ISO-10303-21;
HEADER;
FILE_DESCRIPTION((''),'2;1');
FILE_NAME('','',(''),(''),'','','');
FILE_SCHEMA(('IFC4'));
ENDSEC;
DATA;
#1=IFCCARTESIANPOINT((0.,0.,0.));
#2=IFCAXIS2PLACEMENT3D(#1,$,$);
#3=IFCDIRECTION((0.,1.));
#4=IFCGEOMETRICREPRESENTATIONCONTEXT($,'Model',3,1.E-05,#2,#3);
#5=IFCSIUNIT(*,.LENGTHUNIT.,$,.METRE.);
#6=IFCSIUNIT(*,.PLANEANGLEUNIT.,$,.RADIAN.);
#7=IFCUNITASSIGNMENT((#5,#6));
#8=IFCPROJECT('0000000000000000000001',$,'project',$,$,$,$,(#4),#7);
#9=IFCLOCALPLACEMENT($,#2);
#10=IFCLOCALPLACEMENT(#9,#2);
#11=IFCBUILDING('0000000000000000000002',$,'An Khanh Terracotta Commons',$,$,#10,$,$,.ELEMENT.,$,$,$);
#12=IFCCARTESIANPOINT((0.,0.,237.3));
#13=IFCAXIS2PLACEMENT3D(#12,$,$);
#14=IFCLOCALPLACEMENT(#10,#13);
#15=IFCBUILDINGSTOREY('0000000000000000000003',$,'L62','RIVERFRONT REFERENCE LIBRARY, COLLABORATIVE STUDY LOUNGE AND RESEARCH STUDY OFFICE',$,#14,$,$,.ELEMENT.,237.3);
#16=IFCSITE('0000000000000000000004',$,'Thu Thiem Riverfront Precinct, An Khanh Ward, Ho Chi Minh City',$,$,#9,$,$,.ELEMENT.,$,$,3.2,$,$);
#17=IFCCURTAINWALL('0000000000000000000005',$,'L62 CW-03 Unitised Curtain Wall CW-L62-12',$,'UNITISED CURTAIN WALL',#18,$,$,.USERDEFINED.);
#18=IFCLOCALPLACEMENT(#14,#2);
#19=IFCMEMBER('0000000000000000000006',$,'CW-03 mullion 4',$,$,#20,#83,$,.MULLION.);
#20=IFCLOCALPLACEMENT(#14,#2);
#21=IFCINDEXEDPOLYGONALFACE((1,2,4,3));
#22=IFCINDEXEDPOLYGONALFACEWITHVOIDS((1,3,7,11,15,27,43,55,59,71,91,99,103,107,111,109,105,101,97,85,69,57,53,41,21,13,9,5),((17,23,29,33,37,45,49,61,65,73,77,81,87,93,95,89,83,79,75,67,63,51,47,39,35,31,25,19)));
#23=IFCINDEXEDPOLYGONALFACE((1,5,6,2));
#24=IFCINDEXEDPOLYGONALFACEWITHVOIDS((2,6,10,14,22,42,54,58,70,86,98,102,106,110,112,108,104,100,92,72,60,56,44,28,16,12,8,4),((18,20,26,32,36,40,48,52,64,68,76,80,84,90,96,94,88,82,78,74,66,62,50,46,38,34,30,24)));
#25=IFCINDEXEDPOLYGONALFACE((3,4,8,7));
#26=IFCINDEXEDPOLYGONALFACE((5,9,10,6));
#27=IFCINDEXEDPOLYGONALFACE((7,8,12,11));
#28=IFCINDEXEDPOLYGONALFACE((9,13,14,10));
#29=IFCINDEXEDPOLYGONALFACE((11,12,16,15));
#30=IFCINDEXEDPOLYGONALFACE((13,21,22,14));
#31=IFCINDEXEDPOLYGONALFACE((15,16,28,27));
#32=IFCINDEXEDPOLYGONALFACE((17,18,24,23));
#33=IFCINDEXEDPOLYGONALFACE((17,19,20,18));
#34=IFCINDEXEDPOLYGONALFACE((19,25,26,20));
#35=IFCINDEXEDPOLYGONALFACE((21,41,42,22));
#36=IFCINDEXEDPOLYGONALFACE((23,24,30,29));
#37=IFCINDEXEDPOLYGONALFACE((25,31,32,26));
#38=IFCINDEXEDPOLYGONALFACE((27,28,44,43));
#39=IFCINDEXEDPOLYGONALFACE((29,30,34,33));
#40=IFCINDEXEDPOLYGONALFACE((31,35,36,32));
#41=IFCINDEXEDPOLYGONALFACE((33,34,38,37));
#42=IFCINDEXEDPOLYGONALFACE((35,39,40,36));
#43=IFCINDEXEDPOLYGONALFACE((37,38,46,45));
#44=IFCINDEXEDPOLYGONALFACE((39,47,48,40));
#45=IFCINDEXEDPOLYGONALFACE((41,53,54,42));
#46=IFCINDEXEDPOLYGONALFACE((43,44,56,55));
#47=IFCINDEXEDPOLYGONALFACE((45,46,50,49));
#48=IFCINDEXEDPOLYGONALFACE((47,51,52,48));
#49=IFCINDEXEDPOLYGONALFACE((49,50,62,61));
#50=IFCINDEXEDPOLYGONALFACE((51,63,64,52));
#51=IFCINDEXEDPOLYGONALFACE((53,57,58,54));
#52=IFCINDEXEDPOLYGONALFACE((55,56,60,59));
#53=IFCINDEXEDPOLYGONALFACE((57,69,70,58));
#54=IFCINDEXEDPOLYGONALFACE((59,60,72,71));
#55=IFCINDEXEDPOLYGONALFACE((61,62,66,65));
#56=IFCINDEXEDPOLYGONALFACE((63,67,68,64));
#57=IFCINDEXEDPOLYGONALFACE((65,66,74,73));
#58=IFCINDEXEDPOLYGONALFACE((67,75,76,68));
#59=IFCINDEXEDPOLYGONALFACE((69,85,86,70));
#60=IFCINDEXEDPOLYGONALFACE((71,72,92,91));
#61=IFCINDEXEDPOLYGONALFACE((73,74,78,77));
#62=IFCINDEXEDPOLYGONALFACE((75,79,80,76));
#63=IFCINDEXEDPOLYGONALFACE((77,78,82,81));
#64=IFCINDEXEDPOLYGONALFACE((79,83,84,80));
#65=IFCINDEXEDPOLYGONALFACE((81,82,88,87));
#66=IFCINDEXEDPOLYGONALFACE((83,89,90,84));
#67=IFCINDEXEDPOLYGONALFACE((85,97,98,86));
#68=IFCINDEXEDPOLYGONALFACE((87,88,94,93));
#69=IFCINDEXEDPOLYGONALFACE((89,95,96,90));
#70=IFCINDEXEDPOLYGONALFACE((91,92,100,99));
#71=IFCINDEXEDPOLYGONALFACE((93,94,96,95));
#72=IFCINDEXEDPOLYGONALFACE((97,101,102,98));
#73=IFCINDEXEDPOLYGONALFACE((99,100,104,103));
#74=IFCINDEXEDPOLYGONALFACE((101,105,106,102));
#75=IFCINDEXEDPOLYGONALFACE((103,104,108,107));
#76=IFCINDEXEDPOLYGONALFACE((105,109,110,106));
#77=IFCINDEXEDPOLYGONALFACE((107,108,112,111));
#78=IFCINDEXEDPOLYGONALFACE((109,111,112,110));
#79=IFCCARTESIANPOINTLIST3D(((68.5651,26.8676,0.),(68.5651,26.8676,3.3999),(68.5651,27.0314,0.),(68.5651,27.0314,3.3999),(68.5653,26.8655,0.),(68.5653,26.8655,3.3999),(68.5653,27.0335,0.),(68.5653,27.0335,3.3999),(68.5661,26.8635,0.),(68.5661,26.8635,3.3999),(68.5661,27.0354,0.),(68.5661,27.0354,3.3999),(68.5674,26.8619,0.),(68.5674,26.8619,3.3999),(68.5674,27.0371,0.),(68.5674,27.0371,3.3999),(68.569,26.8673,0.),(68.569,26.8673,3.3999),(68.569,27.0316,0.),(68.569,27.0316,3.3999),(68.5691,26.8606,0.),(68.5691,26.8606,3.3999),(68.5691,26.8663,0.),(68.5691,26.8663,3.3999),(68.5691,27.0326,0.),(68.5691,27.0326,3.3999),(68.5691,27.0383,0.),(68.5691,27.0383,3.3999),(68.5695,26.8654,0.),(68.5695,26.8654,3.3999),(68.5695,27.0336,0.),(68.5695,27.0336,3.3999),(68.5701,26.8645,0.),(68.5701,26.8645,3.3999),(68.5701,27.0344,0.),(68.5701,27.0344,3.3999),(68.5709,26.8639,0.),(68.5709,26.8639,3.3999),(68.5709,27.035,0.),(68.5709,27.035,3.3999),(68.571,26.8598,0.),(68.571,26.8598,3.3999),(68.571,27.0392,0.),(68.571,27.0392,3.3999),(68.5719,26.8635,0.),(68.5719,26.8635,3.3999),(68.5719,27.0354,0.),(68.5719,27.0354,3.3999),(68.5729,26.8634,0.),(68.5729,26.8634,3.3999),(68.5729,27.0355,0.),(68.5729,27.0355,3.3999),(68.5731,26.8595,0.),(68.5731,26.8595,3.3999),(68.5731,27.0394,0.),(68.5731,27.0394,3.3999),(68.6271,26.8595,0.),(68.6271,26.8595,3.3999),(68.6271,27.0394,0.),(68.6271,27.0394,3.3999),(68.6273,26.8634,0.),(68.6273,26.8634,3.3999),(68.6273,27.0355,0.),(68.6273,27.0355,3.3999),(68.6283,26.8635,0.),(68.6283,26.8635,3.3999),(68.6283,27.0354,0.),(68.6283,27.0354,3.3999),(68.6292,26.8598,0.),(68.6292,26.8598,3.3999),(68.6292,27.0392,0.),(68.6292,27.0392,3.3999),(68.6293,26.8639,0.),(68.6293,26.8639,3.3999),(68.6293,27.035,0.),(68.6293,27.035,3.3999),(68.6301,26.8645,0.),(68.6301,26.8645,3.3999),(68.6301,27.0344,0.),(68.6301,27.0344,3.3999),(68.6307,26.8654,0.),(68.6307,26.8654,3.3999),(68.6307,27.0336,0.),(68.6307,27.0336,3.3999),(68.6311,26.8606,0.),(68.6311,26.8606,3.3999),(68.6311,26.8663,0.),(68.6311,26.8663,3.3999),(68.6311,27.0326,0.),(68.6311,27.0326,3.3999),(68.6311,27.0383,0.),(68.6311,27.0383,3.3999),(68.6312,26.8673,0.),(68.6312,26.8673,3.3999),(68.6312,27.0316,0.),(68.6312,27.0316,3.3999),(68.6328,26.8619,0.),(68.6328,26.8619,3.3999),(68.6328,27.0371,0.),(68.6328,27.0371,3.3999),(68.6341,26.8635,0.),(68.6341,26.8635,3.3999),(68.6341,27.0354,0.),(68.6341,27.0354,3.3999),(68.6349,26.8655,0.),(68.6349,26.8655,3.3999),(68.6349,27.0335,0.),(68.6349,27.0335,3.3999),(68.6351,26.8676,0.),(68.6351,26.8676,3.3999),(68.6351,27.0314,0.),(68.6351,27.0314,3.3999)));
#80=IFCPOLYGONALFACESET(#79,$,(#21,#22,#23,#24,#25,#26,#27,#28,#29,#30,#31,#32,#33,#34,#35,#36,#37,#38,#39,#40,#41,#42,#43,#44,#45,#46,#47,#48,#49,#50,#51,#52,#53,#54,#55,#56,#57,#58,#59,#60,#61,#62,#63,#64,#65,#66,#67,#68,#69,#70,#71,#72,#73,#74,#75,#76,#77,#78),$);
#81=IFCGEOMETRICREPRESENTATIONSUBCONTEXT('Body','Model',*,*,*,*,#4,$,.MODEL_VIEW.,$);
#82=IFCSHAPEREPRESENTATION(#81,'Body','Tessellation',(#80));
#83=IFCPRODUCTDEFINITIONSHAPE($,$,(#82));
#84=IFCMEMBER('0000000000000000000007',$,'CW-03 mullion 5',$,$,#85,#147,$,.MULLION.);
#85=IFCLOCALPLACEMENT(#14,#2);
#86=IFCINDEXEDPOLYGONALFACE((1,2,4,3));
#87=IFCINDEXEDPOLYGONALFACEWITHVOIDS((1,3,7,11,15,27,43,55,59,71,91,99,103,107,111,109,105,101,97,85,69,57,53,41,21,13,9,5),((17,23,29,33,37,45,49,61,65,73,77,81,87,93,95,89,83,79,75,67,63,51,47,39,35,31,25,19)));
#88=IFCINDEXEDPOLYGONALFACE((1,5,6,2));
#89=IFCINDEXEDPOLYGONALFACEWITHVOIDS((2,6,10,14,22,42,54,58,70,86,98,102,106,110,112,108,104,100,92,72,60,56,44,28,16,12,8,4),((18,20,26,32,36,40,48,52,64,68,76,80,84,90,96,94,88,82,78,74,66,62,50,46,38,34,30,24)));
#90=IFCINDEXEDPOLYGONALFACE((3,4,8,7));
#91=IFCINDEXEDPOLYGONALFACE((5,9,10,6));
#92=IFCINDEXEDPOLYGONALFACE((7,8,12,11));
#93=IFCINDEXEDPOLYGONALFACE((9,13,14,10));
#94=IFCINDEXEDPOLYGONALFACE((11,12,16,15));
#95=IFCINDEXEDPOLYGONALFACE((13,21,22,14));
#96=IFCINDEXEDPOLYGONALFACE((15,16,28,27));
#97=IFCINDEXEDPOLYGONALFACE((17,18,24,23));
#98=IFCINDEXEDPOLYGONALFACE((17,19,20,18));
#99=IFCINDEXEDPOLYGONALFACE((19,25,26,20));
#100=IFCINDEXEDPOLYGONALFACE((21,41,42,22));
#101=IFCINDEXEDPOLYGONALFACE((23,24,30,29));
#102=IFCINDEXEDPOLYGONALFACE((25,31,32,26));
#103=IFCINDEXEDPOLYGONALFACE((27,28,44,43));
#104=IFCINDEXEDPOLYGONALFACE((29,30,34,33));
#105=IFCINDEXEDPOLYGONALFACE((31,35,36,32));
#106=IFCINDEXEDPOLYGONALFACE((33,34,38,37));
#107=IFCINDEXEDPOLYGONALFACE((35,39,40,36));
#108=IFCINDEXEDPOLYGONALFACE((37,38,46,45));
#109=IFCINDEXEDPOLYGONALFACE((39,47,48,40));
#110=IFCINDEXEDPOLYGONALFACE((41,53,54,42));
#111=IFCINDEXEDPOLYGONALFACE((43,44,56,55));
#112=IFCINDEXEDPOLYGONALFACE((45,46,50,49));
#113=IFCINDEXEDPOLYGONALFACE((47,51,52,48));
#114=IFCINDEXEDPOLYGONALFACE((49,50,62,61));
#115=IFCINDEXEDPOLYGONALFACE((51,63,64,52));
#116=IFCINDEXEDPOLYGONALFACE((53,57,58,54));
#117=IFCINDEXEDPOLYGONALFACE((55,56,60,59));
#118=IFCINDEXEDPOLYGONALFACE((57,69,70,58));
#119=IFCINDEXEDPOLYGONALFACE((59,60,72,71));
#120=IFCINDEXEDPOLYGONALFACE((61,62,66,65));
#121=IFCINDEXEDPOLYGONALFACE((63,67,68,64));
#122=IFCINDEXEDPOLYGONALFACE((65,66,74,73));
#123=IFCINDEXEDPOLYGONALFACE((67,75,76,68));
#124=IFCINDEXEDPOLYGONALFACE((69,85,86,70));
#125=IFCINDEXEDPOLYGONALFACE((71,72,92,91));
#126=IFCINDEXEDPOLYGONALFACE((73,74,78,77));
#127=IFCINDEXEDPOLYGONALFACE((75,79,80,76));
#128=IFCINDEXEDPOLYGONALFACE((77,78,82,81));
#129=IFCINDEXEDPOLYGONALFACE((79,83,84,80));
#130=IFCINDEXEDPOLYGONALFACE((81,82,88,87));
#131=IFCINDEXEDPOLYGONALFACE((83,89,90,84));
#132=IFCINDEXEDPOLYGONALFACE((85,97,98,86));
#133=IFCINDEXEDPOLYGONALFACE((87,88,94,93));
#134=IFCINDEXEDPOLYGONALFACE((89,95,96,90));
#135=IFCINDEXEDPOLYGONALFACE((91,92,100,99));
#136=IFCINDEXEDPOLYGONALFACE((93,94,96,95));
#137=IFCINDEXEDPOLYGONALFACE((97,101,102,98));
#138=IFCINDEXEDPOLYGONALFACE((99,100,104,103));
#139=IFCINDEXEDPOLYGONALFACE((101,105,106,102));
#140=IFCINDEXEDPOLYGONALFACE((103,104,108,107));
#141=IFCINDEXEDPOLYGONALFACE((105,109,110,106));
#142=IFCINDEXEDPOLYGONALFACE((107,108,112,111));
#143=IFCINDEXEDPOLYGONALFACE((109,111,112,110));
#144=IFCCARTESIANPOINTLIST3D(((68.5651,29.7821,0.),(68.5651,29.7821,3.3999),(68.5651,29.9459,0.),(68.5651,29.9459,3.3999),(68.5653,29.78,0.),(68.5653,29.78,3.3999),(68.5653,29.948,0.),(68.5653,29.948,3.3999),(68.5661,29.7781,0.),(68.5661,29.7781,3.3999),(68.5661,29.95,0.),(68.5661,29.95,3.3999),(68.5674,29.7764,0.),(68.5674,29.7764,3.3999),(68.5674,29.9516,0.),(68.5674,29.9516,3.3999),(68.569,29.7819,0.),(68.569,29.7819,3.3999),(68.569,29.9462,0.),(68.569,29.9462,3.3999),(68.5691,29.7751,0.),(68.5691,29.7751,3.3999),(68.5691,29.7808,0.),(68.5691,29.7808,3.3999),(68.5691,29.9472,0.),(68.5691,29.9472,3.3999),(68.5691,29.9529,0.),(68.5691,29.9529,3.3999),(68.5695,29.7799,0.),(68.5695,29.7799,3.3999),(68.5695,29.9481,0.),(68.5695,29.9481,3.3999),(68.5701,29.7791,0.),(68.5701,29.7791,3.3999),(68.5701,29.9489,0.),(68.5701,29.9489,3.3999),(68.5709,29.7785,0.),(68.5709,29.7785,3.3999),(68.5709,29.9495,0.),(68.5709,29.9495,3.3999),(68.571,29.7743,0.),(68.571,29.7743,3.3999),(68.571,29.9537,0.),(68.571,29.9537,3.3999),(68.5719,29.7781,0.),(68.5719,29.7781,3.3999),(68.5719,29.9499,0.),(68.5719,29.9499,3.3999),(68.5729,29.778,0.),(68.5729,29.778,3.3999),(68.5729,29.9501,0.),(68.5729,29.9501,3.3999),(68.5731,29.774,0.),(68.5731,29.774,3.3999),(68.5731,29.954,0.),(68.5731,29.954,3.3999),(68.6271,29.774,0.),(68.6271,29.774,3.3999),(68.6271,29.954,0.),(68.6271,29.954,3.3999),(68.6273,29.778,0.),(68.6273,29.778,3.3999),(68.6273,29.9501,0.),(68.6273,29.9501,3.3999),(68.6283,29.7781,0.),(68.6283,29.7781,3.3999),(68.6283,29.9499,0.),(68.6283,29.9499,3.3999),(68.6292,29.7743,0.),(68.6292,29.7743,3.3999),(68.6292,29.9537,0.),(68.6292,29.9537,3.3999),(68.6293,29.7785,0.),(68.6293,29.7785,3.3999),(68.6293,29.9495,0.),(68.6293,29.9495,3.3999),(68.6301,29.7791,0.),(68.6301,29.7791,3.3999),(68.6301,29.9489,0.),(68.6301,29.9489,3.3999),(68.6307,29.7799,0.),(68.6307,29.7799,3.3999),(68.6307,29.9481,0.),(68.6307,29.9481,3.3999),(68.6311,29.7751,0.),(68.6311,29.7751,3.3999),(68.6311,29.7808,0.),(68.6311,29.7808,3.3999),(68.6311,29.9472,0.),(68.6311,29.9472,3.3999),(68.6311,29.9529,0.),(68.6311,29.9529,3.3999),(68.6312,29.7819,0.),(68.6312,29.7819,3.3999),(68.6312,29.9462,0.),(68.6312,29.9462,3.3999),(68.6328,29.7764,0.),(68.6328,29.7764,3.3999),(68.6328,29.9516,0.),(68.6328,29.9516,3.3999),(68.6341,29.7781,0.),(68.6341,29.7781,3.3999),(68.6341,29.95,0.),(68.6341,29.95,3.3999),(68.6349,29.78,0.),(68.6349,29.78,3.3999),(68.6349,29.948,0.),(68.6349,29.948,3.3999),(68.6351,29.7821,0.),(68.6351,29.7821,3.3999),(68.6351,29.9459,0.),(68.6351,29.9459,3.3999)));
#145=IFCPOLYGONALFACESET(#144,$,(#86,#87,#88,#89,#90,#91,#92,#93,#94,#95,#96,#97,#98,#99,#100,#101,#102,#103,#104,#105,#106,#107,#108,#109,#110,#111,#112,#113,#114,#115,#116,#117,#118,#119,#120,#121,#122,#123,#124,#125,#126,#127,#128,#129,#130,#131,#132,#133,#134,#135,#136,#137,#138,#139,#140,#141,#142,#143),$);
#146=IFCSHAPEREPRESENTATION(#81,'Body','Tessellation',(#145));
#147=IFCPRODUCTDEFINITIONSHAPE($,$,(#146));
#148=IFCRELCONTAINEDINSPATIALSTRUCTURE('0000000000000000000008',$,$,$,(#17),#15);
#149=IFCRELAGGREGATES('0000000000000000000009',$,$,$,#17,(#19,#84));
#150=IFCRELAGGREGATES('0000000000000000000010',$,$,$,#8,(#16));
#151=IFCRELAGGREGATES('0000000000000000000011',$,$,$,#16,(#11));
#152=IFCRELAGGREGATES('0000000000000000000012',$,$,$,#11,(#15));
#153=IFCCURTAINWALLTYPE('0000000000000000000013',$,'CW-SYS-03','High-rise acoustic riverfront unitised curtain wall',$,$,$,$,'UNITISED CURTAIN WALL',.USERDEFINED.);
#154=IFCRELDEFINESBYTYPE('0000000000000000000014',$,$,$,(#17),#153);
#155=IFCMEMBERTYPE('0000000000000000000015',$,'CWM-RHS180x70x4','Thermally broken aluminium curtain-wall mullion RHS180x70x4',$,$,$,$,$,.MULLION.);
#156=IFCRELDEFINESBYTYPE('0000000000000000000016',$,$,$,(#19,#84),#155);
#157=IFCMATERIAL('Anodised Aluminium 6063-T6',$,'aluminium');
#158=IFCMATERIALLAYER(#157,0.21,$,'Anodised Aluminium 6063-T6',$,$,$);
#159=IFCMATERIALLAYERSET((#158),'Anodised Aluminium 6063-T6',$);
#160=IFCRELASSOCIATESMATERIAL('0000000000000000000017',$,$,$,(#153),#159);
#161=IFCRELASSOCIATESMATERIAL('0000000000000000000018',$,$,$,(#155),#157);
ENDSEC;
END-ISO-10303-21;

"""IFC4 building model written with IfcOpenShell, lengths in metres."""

from ifc_helpers import new_model, si_unit, direction, frame, origin, origin_2d, place, context, subcontext, project, spatial, hollow_rectangle, extrude, material, layer, layer_set, material_profile, profile_set, type_object, element, aggregate, save


model = new_model("IFC4")

# Units and contexts
model_context = context("Model", 3, precision=1e-05, world=origin(), true_north=direction((0.0, 1.0)))
body_context = subcontext(model_context, "Body", "Model", "MODEL_VIEW")
ifc_project = project(units=[si_unit("LENGTHUNIT", "METRE"), si_unit("PLANEANGLEUNIT", "RADIAN")], contexts=[model_context])

# Site, building, storey
site_placement = place(None, origin())
site = spatial("IfcSite", under=ifc_project, at=site_placement, Name="Thu Thiem Riverfront Precinct, An Khanh Ward, Ho Chi Minh City", CompositionType="ELEMENT", RefElevation=3.2)
building_placement = place(site_placement, origin())
building = spatial("IfcBuilding", under=site, at=building_placement, Name="An Khanh Terracotta Commons", CompositionType="ELEMENT")
storey_placement = place(building_placement, frame((0.0, 0.0, 237.3)))
storey = spatial("IfcBuildingStorey", under=building, at=storey_placement, Name="L62", Description="RIVERFRONT REFERENCE LIBRARY, COLLABORATIVE STUDY LOUNGE AND RESEARCH STUDY OFFICE", CompositionType="ELEMENT", Elevation=237.3)

# Curtain wall, members
ifc_material_1 = material(Name="Anodised Aluminium 6063-T6", Category="aluminium")
ifc_layer_1 = layer(ifc_material_1, 0.21, Name="Anodised Aluminium 6063-T6")
ifc_layer_set_1 = layer_set([ifc_layer_1], Name="Anodised Aluminium 6063-T6")
curtain_wall_type = type_object("IfcCurtainWallType", Name="CW-SYS-03", Description="High-rise acoustic riverfront unitised curtain wall", ElementType="UNITISED CURTAIN WALL", PredefinedType="USERDEFINED", material=ifc_layer_set_1)
curtain_wall_1_placement = place(storey_placement, origin())
curtain_wall_1 = element("IfcCurtainWall", 1, at=curtain_wall_1_placement, inside=storey, type_object=curtain_wall_type, Name="L62 CW-03 Unitised Curtain Wall CW-L62-12", ObjectType="UNITISED CURTAIN WALL", PredefinedType="USERDEFINED")
ifc_material_profile_1 = material_profile(ifc_material_1, hollow_rectangle(XDim=0.0701, YDim=0.1799, WallThickness=0.0039, InnerFilletRadius=0.0039, OuterFilletRadius=0.0081, at=origin_2d()), Name="RHS180x70x4")
ifc_profile_set_1 = profile_set([ifc_material_profile_1], Name="Anodised Aluminium 6063-T6")
member_type_1 = type_object("IfcMemberType", Name="CWM-RHS180x70x4", Description="Thermally broken aluminium curtain-wall mullion RHS180x70x4", PredefinedType="MULLION", material=ifc_profile_set_1)
member_1_placement = place(storey_placement, frame((68.6001, 26.9495, 0.0), z_axis=(0.0, 0.0, 1.0), x_axis=(-1.0, 0.0, 0.0)))
member_1 = element("IfcMember", 2, at=member_1_placement, type_object=member_type_1, Name="CW-03 mullion 4", PredefinedType="MULLION", context=body_context, shape_type="SweptSolid", body=[
    extrude(hollow_rectangle(XDim=0.0701, YDim=0.1799, WallThickness=0.0039, InnerFilletRadius=0.0039, OuterFilletRadius=0.0081, at=origin_2d()), origin(), (0.0, 0.0, 1.0), 3.3999),
])
member_2_placement = place(storey_placement, frame((68.6001, 29.864, 0.0), z_axis=(0.0, 0.0, 1.0), x_axis=(-1.0, 0.0, 0.0)))
member_2 = element("IfcMember", 3, at=member_2_placement, type_object=member_type_1, Name="CW-03 mullion 5", PredefinedType="MULLION", context=body_context, shape_type="SweptSolid", body=[
    extrude(hollow_rectangle(XDim=0.0701, YDim=0.1799, WallThickness=0.0039, InnerFilletRadius=0.0039, OuterFilletRadius=0.0081, at=origin_2d()), origin(), (0.0, 0.0, 1.0), 3.3999),
])

aggregate(curtain_wall_1, [member_1, member_2])

save(model, "model.ifc")
